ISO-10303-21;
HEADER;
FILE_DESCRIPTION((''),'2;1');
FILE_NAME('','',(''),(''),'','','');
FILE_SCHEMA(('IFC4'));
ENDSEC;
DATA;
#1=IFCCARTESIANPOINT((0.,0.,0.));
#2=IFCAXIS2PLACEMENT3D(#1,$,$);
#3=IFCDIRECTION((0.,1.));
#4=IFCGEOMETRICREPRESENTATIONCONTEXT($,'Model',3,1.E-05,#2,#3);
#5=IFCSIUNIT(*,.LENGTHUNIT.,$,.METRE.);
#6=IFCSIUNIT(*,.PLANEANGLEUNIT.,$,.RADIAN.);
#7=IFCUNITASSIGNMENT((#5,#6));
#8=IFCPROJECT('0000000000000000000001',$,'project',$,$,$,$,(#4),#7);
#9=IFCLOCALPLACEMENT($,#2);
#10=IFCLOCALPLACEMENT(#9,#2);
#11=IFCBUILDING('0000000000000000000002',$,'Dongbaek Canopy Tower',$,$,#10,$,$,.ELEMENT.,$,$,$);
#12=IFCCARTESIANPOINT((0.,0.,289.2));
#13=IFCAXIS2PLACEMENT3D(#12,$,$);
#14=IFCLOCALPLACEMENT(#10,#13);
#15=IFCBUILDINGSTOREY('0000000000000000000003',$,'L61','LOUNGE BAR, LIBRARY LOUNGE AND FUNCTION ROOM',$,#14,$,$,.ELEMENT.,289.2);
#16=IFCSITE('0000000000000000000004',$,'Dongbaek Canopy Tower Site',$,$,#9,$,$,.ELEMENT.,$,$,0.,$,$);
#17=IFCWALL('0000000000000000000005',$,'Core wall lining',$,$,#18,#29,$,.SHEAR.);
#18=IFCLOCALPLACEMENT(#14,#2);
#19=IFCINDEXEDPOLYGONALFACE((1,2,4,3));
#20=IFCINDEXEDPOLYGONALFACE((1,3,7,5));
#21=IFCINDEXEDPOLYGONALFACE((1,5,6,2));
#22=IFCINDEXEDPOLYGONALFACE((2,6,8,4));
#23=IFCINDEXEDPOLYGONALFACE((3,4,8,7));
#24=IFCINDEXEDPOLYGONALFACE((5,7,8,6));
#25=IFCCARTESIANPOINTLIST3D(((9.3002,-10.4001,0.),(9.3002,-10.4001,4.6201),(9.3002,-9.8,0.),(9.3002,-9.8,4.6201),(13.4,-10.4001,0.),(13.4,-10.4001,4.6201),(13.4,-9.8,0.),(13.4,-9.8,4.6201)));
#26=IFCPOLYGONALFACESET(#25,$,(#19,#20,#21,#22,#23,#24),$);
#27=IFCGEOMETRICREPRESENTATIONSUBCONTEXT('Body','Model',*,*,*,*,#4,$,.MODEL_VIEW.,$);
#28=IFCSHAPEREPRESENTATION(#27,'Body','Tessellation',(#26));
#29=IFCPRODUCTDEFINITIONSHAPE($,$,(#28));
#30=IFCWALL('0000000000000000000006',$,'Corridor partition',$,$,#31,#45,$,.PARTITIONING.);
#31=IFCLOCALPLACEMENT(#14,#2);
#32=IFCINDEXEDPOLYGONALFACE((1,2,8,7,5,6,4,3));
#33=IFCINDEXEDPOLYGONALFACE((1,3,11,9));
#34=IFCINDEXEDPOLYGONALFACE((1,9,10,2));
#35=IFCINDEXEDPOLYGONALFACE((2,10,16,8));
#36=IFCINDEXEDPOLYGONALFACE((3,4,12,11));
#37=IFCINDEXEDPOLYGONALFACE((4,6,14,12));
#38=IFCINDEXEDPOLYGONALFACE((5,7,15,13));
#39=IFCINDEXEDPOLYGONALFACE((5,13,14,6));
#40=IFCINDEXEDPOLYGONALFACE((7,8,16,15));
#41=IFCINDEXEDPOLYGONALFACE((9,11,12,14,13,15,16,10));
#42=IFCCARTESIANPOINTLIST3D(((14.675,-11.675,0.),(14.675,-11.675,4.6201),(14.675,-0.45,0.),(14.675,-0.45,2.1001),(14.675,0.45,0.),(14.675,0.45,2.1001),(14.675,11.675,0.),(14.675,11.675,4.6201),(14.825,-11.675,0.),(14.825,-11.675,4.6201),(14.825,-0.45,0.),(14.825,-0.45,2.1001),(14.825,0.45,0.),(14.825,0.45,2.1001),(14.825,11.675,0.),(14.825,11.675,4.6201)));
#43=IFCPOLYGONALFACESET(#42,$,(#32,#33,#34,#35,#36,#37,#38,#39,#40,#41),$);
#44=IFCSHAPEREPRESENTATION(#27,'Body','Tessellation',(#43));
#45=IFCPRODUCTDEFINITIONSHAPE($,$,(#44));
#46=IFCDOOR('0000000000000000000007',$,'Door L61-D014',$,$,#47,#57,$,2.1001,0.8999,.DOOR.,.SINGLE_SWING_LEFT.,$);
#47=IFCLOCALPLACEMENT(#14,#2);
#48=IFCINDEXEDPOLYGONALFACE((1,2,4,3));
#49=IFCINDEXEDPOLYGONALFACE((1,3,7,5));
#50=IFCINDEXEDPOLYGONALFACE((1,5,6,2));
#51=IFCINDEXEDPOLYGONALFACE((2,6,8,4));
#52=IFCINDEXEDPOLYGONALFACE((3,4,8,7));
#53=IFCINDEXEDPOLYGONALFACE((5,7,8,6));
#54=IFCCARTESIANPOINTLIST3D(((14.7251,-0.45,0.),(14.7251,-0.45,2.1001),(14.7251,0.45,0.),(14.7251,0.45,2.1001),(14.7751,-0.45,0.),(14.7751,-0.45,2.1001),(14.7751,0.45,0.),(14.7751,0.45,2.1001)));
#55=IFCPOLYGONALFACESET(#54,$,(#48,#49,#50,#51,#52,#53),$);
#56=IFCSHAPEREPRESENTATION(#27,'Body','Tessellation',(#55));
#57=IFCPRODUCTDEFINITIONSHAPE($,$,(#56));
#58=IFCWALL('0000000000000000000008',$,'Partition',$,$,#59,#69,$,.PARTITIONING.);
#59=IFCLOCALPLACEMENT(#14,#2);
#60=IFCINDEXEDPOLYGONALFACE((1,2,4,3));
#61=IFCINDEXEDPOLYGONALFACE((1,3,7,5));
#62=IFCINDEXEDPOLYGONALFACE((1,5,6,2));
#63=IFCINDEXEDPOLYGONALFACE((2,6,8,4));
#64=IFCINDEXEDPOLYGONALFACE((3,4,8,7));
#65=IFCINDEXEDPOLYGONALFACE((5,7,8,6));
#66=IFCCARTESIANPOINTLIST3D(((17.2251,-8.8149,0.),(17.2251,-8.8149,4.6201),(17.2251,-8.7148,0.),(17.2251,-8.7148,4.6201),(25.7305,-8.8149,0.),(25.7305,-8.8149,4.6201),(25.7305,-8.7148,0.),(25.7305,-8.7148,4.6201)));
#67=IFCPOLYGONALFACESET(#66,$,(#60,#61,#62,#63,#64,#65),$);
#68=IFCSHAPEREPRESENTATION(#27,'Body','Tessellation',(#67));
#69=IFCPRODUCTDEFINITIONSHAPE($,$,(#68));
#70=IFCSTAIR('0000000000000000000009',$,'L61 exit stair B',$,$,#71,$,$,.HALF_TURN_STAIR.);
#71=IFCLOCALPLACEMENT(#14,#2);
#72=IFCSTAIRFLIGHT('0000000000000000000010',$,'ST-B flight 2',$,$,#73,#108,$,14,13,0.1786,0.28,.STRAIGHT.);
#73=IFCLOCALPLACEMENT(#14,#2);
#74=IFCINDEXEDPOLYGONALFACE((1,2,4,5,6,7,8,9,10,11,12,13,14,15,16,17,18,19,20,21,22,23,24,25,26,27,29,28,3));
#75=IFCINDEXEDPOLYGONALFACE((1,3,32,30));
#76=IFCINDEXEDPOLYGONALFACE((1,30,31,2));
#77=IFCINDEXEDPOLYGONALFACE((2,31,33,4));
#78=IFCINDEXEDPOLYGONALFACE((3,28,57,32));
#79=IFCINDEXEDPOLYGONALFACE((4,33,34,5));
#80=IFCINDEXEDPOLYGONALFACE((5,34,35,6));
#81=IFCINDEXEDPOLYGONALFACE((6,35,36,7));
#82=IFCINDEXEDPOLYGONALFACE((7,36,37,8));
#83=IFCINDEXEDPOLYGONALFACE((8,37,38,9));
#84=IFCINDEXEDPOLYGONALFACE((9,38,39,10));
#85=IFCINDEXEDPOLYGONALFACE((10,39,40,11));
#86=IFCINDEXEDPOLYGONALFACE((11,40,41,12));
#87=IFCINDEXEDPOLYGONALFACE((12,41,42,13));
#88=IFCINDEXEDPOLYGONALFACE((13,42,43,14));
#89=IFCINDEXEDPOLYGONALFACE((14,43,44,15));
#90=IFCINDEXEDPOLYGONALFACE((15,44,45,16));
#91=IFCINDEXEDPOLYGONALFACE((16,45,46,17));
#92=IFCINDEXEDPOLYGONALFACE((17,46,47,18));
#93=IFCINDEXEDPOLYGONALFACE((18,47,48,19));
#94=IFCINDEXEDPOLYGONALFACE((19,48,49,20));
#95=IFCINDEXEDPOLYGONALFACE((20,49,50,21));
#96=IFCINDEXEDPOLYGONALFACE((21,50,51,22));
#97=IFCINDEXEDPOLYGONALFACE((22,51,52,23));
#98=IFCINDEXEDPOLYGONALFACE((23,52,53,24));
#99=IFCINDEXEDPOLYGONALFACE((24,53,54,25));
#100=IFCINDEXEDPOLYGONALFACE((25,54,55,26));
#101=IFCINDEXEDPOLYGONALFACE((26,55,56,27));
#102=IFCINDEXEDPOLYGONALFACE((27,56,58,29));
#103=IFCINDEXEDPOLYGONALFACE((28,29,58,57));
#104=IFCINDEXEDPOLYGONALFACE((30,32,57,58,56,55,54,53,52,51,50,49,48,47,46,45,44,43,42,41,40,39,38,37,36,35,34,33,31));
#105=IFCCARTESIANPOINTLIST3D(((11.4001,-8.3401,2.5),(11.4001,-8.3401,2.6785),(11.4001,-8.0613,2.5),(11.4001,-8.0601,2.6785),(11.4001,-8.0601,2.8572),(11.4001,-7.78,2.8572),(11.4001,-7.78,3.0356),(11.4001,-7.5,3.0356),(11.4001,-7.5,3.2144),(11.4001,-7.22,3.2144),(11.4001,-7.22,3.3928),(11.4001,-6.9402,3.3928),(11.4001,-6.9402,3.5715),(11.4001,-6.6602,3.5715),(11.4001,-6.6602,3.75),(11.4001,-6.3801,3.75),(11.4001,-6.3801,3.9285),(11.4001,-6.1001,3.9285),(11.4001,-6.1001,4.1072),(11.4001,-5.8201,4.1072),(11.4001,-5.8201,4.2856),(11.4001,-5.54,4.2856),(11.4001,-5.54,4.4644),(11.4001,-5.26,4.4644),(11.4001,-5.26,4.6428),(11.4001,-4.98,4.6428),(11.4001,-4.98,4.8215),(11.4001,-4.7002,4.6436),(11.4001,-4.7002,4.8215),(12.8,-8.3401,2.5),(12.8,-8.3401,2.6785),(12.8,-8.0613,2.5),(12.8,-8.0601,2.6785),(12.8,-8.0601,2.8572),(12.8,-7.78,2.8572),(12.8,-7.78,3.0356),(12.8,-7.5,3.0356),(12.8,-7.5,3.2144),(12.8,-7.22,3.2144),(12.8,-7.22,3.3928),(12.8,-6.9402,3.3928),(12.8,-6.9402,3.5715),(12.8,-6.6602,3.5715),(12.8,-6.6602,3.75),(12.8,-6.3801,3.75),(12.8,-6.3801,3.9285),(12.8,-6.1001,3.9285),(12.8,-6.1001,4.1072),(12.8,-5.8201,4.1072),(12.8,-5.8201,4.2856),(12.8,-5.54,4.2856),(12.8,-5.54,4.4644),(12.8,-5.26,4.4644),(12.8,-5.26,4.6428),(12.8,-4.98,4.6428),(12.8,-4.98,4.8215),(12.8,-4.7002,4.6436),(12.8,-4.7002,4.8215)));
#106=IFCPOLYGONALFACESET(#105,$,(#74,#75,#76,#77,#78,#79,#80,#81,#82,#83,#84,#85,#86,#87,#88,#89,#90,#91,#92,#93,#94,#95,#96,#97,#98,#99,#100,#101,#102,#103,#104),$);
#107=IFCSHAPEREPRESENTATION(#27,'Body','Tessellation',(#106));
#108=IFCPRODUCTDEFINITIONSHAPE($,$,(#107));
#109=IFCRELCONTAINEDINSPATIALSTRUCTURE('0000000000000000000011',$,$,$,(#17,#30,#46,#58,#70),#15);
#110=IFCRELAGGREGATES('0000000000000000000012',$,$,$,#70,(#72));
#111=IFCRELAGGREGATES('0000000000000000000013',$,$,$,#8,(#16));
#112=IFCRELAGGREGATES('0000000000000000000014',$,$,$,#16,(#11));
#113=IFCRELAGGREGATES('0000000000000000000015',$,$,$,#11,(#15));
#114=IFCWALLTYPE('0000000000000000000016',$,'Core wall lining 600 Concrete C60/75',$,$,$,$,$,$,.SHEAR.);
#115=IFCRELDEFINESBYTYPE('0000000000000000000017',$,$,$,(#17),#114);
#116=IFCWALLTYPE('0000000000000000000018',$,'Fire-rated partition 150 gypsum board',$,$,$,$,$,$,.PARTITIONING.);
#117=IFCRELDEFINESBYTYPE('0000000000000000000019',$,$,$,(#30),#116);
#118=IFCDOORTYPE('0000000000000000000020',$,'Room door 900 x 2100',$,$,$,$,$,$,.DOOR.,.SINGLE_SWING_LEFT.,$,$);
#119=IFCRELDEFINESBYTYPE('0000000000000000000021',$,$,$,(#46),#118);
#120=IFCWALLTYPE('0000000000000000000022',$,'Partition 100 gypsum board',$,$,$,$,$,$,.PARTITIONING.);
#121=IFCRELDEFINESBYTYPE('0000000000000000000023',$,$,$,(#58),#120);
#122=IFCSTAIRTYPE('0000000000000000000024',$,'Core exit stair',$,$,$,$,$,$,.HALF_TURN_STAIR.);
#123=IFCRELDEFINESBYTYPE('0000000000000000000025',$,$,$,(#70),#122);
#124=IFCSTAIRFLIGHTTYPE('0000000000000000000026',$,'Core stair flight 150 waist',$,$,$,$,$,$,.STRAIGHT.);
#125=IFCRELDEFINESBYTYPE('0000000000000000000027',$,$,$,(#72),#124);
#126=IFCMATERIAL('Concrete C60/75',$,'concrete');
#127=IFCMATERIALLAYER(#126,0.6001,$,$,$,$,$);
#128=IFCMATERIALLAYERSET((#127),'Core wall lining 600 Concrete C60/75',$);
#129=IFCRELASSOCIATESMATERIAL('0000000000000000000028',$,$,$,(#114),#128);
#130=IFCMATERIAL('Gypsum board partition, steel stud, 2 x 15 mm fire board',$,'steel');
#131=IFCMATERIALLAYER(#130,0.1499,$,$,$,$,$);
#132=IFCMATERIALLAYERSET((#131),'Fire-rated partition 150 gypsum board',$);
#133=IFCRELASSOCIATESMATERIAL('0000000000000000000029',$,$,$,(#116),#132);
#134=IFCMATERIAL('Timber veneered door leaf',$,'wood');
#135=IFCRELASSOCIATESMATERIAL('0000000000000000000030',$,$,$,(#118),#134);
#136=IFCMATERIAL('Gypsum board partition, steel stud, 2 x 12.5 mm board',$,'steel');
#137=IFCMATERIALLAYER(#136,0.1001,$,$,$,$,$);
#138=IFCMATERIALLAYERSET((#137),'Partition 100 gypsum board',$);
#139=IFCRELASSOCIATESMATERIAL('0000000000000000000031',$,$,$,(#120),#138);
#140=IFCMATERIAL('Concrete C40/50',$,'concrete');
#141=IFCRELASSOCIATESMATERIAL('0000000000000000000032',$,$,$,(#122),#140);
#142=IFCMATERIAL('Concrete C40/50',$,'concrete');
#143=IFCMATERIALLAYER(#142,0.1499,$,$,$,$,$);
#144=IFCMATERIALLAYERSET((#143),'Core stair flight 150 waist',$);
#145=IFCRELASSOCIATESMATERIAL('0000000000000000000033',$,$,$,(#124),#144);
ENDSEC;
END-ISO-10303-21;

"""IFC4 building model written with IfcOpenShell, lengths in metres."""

from ifc_helpers import new_model, si_unit, direction, frame, frame_2d, origin, place, context, subcontext, project, spatial, polyline, rectangle, outline, extrude, material, layer, layer_set, type_object, element, fill, aggregate, save


model = new_model("IFC4")

# Units and contexts
model_context = context("Model", 3, precision=1e-05, world=origin(), true_north=direction((0.0, 1.0)))
body_context = subcontext(model_context, "Body", "Model", "MODEL_VIEW")
ifc_project = project(units=[si_unit("LENGTHUNIT", "METRE"), si_unit("PLANEANGLEUNIT", "RADIAN")], contexts=[model_context])

# Site, building, storey
site_placement = place(None, origin())
site = spatial("IfcSite", under=ifc_project, at=site_placement, Name="Dongbaek Canopy Tower Site", CompositionType="ELEMENT", RefElevation=0.0)
building_placement = place(site_placement, origin())
building = spatial("IfcBuilding", under=site, at=building_placement, Name="Dongbaek Canopy Tower", CompositionType="ELEMENT")
storey_placement = place(building_placement, frame((0.0, 0.0, 289.2)))
storey = spatial("IfcBuildingStorey", under=building, at=storey_placement, Name="L61", Description="LOUNGE BAR, LIBRARY LOUNGE AND FUNCTION ROOM", CompositionType="ELEMENT", Elevation=289.2)

# Wall
ifc_material_1 = material(Name="Concrete C60/75", Category="concrete")
ifc_layer_1 = layer(ifc_material_1, 0.6001)
ifc_layer_set_1 = layer_set([ifc_layer_1], Name="Core wall lining 600 Concrete C60/75")
wall_type_1 = type_object("IfcWallType", Name="Core wall lining 600 Concrete C60/75", PredefinedType="SHEAR", material=ifc_layer_set_1)
wall_1_placement = place(storey_placement, frame((13.3999, -10.1001, 0.0), z_axis=(0.0, 0.0, 1.0), x_axis=(-1.0, 0.0, 0.0)))
element("IfcWall", 1, at=wall_1_placement, inside=storey, type_object=wall_type_1, Name="Core wall lining", PredefinedType="SHEAR", context=body_context, shape_type="SweptSolid", body=[
    extrude(rectangle(XDim=4.0999, YDim=0.6001, at=frame_2d((2.0498, 0.0))), origin(), (0.0, 0.0, 1.0), 4.6201),
])

# Wall, opening, door
ifc_material_2 = material(Name="Gypsum board partition, steel stud, 2 x 15 mm fire board", Category="steel")
ifc_layer_2 = layer(ifc_material_2, 0.1499)
ifc_layer_set_2 = layer_set([ifc_layer_2], Name="Fire-rated partition 150 gypsum board")
wall_type_2 = type_object("IfcWallType", Name="Fire-rated partition 150 gypsum board", PredefinedType="PARTITIONING", material=ifc_layer_set_2)
wall_2_placement = place(storey_placement, frame((14.75, -11.675, 0.0), z_axis=(0.0, 0.0, 1.0), x_axis=(0.0, 1.0, 0.0)))
wall_2 = element("IfcWall", 2, at=wall_2_placement, inside=storey, type_object=wall_type_2, Name="Corridor partition", PredefinedType="PARTITIONING", context=body_context, shape_type="SweptSolid", body=[
    extrude(rectangle(XDim=23.3501, YDim=0.1499, at=frame_2d((11.675, 0.0))), origin(), (0.0, 0.0, 1.0), 4.6201),
])
opening_1_placement = place(wall_2_placement, frame((11.2251, 0.0, 0.0)))
opening_1 = element("IfcOpeningElement", 3, at=opening_1_placement, cuts=wall_2, PredefinedType="OPENING", context=body_context, shape_type="SweptSolid", body=[
    extrude(rectangle(XDim=0.8999, YDim=2.1001, at=frame_2d((0.45, 1.05))), frame((0.0, 0.085, 0.0), z_axis=(0.0, -1.0, 0.0), x_axis=(1.0, 0.0, 0.0)), (0.0, 0.0, 1.0), 0.1699),
])
ifc_material_3 = material(Name="Timber veneered door leaf", Category="wood")
door_type_1 = type_object("IfcDoorType", Name="Room door 900 x 2100", OperationType="SINGLE_SWING_LEFT", PredefinedType="DOOR", material=ifc_material_3)
door_1_placement = place(opening_1_placement, origin())
door_1 = element("IfcDoor", 4, at=door_1_placement, inside=storey, type_object=door_type_1, Name="Door L61-D014", OperationType="SINGLE_SWING_LEFT", OverallHeight=2.1001, OverallWidth=0.8999, PredefinedType="DOOR", context=body_context, shape_type="SweptSolid", body=[
    extrude(rectangle(XDim=0.8999, YDim=2.1001, at=frame_2d((0.45, 1.05))), frame((0.0, 0.0249, 0.0), z_axis=(0.0, -1.0, 0.0), x_axis=(1.0, 0.0, 0.0)), (0.0, 0.0, 1.0), 0.05),
])
fill(opening_1, door_1)

# Wall
ifc_material_4 = material(Name="Gypsum board partition, steel stud, 2 x 12.5 mm board", Category="steel")
ifc_layer_3 = layer(ifc_material_4, 0.1001)
ifc_layer_set_3 = layer_set([ifc_layer_3], Name="Partition 100 gypsum board")
wall_type_3 = type_object("IfcWallType", Name="Partition 100 gypsum board", PredefinedType="PARTITIONING", material=ifc_layer_set_3)
wall_3_placement = place(storey_placement, frame((17.2251, -8.7649, 0.0), z_axis=(0.0, 0.0, 1.0), x_axis=(1.0, 0.0, 0.0)))
element("IfcWall", 5, at=wall_3_placement, inside=storey, type_object=wall_type_3, Name="Partition", PredefinedType="PARTITIONING", context=body_context, shape_type="SweptSolid", body=[
    extrude(rectangle(XDim=8.5054, YDim=0.1001, at=frame_2d((4.2527, 0.0))), origin(), (0.0, 0.0, 1.0), 4.6201),
])

# Stair, stair flight
ifc_material_5 = material(Name="Concrete C40/50", Category="concrete")
stair_type = type_object("IfcStairType", Name="Core exit stair", PredefinedType="HALF_TURN_STAIR", material=ifc_material_5)
stair_placement = place(storey_placement, origin())
stair = element("IfcStair", 6, at=stair_placement, inside=storey, type_object=stair_type, Name="L61 exit stair B", PredefinedType="HALF_TURN_STAIR")
ifc_material_6 = material(Name="Concrete C40/50", Category="concrete")
ifc_layer_4 = layer(ifc_material_6, 0.1499)
ifc_layer_set_4 = layer_set([ifc_layer_4], Name="Core stair flight 150 waist")
stair_flight_type = type_object("IfcStairFlightType", Name="Core stair flight 150 waist", PredefinedType="STRAIGHT", material=ifc_layer_set_4)
stair_flight_placement = place(storey_placement, frame((12.1001, -8.3401, 2.5), z_axis=(0.0, 0.0, 1.0), x_axis=(0.0, 1.0, 0.0)))
stair_flight = element("IfcStairFlight", 7, at=stair_flight_placement, type_object=stair_flight_type, Name="ST-B flight 2", NumberOfRisers=14, NumberOfTreads=13, PredefinedType="STRAIGHT", RiserHeight=0.1786, TreadLength=0.28, context=body_context, shape_type="SweptSolid", body=[
    extrude(outline(polyline([(0.0, 0.0), (0.0, 0.1785), (0.28, 0.1785), (0.28, 0.3572), (0.5601, 0.3572), (0.5601, 0.5356), (0.8401, 0.5356), (0.8401, 0.7144), (1.1201, 0.7144), (1.1201, 0.8928), (1.3999, 0.8928), (1.3999, 1.0715), (1.6799, 1.0715), (1.6799, 1.25), (1.96, 1.25), (1.96, 1.4285), (2.24, 1.4285), (2.24, 1.6072), (2.52, 1.6072), (2.52, 1.7856), (2.8, 1.7856), (2.8, 1.9644), (3.0801, 1.9644), (3.0801, 2.1428), (3.3601, 2.1428), (3.3601, 2.3215), (3.6399, 2.3215), (3.6399, 2.5), (3.6399, 2.1436), (0.2788, 0.0), (0.0, 0.0)])), frame((0.0, 0.7, 0.0), z_axis=(0.0, -1.0, 0.0), x_axis=(1.0, 0.0, 0.0)), (0.0, 0.0, 1.0), 1.3999),
])
aggregate(stair, [stair_flight])

save(model, "model.ifc")
